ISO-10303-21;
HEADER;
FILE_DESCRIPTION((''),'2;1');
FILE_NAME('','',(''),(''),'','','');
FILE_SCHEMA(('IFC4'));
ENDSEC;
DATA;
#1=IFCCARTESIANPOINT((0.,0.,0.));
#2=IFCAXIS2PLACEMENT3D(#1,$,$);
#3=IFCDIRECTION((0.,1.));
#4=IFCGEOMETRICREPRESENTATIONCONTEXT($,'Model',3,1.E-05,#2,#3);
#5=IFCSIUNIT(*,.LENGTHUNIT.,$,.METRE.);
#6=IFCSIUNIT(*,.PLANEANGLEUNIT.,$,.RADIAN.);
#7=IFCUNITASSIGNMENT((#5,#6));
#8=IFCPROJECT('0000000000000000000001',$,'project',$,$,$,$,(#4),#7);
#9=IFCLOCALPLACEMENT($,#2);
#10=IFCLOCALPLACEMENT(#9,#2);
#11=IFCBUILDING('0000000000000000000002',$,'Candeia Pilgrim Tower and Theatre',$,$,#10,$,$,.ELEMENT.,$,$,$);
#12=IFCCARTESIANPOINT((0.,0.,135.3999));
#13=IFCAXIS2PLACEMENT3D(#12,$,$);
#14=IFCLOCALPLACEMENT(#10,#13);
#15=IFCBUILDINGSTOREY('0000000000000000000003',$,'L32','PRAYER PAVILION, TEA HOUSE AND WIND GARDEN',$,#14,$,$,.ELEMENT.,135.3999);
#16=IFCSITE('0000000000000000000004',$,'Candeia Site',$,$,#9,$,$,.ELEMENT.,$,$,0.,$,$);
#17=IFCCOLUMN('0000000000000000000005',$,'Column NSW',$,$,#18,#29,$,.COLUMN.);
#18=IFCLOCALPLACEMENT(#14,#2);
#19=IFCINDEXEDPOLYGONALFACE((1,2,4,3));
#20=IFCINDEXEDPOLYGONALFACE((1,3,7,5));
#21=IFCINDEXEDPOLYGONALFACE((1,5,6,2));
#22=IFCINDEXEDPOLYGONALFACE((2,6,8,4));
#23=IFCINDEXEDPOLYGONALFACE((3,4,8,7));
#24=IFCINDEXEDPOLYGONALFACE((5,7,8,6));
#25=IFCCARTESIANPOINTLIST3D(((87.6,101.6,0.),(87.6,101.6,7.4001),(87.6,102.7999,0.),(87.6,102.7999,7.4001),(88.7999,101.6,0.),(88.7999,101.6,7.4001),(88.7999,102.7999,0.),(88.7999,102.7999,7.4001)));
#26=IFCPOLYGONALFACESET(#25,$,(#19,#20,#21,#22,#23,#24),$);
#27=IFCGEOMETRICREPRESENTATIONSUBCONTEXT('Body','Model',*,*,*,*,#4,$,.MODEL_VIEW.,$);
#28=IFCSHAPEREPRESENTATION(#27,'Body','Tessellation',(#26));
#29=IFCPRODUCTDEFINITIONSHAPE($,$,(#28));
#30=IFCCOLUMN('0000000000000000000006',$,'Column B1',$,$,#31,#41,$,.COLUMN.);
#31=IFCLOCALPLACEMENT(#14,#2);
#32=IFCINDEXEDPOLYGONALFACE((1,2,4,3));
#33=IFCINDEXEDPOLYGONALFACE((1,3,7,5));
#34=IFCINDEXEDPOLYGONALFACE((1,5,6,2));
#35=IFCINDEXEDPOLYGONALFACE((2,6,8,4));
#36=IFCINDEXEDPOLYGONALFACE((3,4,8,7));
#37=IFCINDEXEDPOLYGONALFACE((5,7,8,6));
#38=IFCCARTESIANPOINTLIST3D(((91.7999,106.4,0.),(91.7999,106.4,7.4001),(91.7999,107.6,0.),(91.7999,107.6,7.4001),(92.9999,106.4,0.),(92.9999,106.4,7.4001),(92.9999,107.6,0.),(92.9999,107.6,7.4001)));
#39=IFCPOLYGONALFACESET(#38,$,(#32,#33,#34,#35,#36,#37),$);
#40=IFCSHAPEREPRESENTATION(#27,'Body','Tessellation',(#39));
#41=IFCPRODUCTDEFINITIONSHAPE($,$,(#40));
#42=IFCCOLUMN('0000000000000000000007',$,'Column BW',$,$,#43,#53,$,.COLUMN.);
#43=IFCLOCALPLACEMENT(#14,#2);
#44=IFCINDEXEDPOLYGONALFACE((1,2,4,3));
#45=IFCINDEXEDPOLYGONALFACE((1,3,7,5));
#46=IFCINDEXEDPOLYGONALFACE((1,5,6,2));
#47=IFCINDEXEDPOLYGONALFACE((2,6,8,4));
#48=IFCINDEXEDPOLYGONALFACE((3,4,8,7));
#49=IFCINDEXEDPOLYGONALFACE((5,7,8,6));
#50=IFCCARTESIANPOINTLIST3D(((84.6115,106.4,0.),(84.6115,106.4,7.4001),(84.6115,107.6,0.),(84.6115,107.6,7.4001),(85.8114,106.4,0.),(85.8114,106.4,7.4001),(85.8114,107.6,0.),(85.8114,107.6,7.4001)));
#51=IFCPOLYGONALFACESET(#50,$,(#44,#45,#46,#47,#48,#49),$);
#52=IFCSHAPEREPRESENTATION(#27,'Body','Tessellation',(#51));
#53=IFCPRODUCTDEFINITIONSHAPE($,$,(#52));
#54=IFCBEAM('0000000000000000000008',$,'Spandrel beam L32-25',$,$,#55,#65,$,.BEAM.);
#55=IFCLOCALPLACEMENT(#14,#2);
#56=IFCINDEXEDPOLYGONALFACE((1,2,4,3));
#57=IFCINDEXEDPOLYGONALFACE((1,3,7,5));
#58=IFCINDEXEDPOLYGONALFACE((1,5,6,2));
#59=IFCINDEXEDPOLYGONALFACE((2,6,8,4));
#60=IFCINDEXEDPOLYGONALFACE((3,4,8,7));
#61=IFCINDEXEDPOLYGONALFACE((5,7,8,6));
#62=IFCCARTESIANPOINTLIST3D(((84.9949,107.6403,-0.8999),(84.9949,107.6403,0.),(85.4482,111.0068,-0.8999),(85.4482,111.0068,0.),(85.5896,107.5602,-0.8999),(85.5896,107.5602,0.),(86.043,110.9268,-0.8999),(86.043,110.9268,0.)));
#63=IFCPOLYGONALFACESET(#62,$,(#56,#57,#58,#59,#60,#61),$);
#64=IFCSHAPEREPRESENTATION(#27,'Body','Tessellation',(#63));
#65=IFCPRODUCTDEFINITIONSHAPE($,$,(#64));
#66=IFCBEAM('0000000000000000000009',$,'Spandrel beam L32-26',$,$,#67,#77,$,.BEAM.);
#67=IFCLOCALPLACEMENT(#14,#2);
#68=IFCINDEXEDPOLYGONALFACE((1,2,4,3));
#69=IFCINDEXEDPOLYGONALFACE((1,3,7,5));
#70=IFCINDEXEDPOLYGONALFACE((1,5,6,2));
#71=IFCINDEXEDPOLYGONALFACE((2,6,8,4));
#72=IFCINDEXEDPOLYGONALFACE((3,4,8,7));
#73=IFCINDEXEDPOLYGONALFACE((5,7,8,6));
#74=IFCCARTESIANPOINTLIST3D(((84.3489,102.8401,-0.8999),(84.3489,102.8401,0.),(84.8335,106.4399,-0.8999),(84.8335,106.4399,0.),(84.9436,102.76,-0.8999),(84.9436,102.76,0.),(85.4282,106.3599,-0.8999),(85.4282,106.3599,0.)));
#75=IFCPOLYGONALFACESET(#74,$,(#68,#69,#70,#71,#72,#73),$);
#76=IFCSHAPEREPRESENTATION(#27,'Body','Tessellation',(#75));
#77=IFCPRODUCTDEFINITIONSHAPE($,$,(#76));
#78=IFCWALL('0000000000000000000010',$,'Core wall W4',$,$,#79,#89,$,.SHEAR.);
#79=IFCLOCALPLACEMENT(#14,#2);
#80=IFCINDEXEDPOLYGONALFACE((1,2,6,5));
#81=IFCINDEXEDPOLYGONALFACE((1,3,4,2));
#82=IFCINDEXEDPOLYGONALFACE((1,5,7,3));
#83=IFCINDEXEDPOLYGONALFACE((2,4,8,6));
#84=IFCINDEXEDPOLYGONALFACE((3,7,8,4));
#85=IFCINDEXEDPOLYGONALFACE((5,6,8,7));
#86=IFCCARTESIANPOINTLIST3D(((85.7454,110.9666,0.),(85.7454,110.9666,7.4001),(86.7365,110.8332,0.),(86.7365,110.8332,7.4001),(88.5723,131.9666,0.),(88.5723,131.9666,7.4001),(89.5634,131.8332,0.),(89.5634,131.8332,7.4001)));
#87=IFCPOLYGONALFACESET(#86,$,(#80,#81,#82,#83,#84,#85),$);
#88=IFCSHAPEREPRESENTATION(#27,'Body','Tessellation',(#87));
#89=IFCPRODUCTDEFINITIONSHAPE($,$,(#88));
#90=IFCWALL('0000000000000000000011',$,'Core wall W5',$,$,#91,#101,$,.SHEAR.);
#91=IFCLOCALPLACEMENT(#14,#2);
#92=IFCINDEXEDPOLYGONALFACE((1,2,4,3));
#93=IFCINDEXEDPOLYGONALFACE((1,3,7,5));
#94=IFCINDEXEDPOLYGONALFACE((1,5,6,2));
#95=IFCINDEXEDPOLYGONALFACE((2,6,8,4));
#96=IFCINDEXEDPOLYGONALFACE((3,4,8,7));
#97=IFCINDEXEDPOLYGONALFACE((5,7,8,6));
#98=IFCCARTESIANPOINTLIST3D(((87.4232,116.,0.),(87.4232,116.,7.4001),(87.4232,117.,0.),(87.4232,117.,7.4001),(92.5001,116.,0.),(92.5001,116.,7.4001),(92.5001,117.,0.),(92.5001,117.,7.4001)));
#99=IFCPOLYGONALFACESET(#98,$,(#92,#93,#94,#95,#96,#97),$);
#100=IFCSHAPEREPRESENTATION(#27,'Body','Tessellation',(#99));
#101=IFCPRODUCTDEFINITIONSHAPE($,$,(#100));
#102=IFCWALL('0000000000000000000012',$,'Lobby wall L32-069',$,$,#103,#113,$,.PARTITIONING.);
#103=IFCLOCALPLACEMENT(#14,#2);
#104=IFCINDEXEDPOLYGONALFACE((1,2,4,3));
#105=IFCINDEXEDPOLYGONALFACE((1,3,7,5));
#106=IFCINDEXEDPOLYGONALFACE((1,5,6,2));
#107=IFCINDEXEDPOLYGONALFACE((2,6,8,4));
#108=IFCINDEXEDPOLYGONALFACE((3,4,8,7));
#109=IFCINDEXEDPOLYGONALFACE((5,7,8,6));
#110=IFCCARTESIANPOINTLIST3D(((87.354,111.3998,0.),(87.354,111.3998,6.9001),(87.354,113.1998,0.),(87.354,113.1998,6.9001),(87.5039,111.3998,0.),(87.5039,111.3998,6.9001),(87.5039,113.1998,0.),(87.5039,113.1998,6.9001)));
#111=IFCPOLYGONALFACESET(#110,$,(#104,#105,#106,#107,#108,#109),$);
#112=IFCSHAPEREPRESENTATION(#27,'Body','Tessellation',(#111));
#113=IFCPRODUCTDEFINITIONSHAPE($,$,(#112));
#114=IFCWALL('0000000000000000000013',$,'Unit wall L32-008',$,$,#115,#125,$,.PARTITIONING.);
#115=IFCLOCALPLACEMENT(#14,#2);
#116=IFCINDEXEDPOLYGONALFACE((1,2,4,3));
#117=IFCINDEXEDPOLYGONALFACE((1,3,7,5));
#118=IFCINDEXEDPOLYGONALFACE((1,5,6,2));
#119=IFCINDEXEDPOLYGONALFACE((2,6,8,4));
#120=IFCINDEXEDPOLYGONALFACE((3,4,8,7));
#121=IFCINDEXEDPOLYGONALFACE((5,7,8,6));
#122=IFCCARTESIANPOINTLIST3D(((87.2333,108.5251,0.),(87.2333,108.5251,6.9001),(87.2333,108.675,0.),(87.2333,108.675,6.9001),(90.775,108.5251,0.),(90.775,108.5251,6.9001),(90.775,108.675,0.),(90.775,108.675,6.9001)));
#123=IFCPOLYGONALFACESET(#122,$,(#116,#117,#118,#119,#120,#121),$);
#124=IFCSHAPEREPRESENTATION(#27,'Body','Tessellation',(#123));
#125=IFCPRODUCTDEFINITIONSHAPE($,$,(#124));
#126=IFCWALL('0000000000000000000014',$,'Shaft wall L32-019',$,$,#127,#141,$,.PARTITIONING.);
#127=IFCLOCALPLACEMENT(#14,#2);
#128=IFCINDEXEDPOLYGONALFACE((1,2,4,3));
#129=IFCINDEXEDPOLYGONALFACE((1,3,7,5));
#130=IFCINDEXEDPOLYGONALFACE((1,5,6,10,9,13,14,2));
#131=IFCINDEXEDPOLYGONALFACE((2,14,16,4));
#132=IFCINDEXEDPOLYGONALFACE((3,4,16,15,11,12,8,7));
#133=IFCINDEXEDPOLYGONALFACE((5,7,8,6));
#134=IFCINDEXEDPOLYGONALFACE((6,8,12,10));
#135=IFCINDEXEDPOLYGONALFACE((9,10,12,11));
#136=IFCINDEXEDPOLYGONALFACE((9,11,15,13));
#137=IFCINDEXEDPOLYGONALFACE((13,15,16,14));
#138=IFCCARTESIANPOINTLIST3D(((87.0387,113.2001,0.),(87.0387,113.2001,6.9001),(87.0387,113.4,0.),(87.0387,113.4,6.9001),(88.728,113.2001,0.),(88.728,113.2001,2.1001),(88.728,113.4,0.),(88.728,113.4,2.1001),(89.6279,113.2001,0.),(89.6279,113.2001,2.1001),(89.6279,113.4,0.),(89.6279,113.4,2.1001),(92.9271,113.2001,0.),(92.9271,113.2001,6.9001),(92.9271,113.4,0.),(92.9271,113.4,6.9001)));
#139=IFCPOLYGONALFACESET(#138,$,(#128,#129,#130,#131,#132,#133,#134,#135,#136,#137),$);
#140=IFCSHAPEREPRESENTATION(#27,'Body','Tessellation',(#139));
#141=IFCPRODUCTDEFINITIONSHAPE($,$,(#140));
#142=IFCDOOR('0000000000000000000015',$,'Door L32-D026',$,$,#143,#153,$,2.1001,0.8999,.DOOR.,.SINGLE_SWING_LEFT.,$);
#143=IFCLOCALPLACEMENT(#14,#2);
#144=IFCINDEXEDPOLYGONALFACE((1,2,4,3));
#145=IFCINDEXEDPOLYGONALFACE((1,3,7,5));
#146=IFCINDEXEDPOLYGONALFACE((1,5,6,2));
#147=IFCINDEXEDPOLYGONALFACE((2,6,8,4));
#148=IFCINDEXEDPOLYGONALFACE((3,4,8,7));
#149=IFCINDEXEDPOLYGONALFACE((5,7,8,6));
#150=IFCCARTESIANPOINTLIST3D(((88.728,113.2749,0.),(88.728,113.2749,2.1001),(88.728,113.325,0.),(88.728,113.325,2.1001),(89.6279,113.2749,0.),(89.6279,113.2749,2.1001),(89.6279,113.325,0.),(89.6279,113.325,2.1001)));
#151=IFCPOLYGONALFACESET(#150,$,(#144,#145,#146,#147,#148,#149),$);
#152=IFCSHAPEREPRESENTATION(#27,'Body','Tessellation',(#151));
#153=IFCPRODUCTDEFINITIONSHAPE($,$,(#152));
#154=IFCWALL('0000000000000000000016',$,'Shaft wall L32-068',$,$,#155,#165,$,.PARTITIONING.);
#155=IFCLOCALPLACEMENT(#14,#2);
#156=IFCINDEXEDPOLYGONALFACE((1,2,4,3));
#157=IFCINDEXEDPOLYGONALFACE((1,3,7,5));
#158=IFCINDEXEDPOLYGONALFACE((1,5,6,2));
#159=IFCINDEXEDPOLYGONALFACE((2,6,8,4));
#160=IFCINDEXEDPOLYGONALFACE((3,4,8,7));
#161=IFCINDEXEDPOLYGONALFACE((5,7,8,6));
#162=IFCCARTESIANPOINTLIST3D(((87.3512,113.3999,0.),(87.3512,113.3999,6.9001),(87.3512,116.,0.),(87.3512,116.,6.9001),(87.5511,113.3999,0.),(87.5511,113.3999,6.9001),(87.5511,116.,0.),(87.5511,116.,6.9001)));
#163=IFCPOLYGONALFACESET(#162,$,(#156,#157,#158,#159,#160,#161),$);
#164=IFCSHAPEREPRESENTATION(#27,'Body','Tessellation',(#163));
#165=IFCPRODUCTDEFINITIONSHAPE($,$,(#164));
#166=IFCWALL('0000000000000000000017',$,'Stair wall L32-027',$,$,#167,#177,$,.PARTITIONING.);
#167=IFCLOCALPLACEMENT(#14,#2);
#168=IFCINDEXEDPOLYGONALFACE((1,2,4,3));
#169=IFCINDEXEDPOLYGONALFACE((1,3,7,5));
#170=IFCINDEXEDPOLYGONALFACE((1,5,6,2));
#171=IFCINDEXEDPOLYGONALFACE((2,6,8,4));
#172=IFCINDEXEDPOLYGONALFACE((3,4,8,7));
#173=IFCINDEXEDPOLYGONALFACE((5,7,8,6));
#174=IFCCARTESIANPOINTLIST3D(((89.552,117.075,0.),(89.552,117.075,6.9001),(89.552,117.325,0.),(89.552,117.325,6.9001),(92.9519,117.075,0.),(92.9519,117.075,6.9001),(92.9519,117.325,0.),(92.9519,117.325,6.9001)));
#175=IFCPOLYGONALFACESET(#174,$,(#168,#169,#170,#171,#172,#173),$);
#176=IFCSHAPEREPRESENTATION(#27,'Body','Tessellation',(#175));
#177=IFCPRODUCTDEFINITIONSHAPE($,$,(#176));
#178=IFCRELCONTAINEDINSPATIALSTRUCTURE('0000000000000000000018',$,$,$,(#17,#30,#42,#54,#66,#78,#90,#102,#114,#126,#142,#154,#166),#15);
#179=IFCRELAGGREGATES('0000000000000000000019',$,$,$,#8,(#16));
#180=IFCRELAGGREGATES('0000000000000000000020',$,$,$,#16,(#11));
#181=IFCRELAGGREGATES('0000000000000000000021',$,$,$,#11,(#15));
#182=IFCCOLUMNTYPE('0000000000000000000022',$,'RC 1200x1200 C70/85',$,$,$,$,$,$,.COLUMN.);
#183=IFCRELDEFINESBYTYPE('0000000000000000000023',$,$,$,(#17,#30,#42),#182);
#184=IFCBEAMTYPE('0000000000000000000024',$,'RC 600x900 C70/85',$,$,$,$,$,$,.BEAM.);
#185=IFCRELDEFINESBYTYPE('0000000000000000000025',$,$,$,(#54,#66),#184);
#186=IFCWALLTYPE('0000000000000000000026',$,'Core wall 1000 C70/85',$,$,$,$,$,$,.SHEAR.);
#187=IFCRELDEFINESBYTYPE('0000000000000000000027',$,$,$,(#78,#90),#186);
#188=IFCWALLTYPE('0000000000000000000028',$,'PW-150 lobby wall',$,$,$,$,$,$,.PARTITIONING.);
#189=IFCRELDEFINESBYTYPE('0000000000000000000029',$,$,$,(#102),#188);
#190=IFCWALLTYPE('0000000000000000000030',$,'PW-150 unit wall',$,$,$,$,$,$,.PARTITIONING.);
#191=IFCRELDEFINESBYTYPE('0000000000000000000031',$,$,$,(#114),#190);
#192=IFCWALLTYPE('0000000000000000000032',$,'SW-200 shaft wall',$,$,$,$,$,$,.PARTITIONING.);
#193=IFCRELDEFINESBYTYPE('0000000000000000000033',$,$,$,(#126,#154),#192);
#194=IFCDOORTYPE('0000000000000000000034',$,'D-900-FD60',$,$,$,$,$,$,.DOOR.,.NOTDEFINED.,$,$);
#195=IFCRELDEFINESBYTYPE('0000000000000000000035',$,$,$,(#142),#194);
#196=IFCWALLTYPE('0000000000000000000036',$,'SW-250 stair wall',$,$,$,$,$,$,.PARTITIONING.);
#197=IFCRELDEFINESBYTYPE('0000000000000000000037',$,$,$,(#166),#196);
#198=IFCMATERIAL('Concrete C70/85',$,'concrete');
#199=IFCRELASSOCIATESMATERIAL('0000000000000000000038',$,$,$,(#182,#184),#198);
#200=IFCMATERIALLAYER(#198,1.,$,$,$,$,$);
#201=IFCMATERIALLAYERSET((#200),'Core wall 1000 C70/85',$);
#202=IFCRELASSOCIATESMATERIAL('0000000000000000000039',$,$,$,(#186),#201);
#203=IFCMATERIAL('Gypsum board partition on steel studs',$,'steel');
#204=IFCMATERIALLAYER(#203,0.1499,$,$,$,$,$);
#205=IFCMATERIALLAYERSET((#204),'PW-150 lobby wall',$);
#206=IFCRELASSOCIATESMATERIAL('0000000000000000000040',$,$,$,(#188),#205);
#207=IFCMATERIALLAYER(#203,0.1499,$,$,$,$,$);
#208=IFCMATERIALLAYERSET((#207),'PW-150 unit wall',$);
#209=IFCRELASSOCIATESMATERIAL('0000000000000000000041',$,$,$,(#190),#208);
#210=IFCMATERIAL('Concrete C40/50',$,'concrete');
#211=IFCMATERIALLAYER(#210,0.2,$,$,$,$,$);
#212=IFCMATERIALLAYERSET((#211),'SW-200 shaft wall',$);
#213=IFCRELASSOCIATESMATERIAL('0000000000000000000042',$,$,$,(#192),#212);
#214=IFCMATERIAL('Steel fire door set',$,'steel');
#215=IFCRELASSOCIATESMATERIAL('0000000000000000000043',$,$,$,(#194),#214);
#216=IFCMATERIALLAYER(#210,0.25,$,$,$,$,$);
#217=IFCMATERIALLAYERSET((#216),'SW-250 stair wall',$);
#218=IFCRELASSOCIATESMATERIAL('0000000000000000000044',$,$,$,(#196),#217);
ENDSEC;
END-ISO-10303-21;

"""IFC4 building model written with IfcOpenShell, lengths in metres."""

from ifc_helpers import new_model, si_unit, direction, frame, frame_2d, origin, origin_2d, place, context, subcontext, project, spatial, rectangle, extrude, material, layer, layer_set, material_profile, profile_set, type_object, element, fill, save


model = new_model("IFC4")

# Units and contexts
model_context = context("Model", 3, precision=1e-05, world=origin(), true_north=direction((0.0, 1.0)))
body_context = subcontext(model_context, "Body", "Model", "MODEL_VIEW")
ifc_project = project(units=[si_unit("LENGTHUNIT", "METRE"), si_unit("PLANEANGLEUNIT", "RADIAN")], contexts=[model_context])

# Site, building, storey
site_placement = place(None, origin())
site = spatial("IfcSite", under=ifc_project, at=site_placement, Name="Candeia Site", CompositionType="ELEMENT", RefElevation=0.0)
building_placement = place(site_placement, origin())
building = spatial("IfcBuilding", under=site, at=building_placement, Name="Candeia Pilgrim Tower and Theatre", CompositionType="ELEMENT")
storey_placement = place(building_placement, frame((0.0, 0.0, 135.3999)))
storey = spatial("IfcBuildingStorey", under=building, at=storey_placement, Name="L32", Description="PRAYER PAVILION, TEA HOUSE AND WIND GARDEN", CompositionType="ELEMENT", Elevation=135.3999)

# Columns
ifc_material_1 = material(Name="Concrete C70/85", Category="concrete")
ifc_material_profile_1 = material_profile(ifc_material_1, rectangle(XDim=1.2, YDim=1.2, at=origin_2d()))
ifc_profile_set_1 = profile_set([ifc_material_profile_1], Name="Concrete C70/85")
column_type = type_object("IfcColumnType", Name="RC 1200x1200 C70/85", PredefinedType="COLUMN", material=ifc_profile_set_1)
for number, where, z_axis, x_axis, name in (
    (1, (88.2, 102.2, 0.0), (0.0, 0.0, 1.0), (1.0, 0.0, 0.0), "Column NSW"),
    (2, (92.3999, 107.0, 0.0), (0.0, 0.0, 1.0), (1.0, 0.0, 0.0), "Column B1"),
    (3, (85.2114, 107.0, 0.0), (0.0, 0.0, 1.0), (1.0, 0.0, 0.0), "Column BW"),
):
    element("IfcColumn", number, at=place(storey_placement, frame(where, z_axis=z_axis, x_axis=x_axis)), inside=storey, type_object=column_type, Name=name, PredefinedType="COLUMN", context=body_context, shape_type="SweptSolid", body=[
        extrude(rectangle(XDim=1.2, YDim=1.2, at=origin_2d()), origin(), (0.0, 0.0, 1.0), 7.4001),
    ])

# Beams
ifc_material_profile_2 = material_profile(ifc_material_1, rectangle(XDim=0.6001, YDim=0.8999, at=origin_2d()))
ifc_profile_set_2 = profile_set([ifc_material_profile_2], Name="Concrete C70/85")
beam_type = type_object("IfcBeamType", Name="RC 600x900 C70/85", PredefinedType="BEAM", material=ifc_profile_set_2)
beam_1_placement = place(storey_placement, frame((85.7456, 110.9668, -0.45), z_axis=(-0.133458, -0.991054, 0.0), x_axis=(0.991054, -0.133458, 0.0)))
element("IfcBeam", 4, at=beam_1_placement, inside=storey, type_object=beam_type, Name="Spandrel beam L32-25", PredefinedType="BEAM", context=body_context, shape_type="SweptSolid", body=[
    extrude(rectangle(XDim=0.6001, YDim=0.8999, at=origin_2d()), origin(), (0.0, 0.0, 1.0), 3.397),
])
beam_2_placement = place(storey_placement, frame((85.1309, 106.3999, -0.45), z_axis=(-0.133418, -0.99106, 0.0), x_axis=(0.99106, -0.133418, 0.0)))
element("IfcBeam", 5, at=beam_2_placement, inside=storey, type_object=beam_type, Name="Spandrel beam L32-26", PredefinedType="BEAM", context=body_context, shape_type="SweptSolid", body=[
    extrude(rectangle(XDim=0.6001, YDim=0.8999, at=origin_2d()), origin(), (0.0, 0.0, 1.0), 3.6323),
])

# Walls
ifc_layer_1 = layer(ifc_material_1, 1.0)
ifc_layer_set_1 = layer_set([ifc_layer_1], Name="Core wall 1000 C70/85")
wall_type_1 = type_object("IfcWallType", Name="Core wall 1000 C70/85", PredefinedType="SHEAR", material=ifc_layer_set_1)
wall_1_placement = place(storey_placement, frame((86.241, 110.8999, 0.0), z_axis=(0.0, 0.0, 1.0), x_axis=(0.133411, 0.991061, 0.0)))
element("IfcWall", 6, at=wall_1_placement, inside=storey, type_object=wall_type_1, Name="Core wall W4", PredefinedType="SHEAR", context=body_context, shape_type="SweptSolid", body=[
    extrude(rectangle(XDim=21.1895, YDim=1.0, at=frame_2d((10.5947, 0.0))), origin(), (0.0, 0.0, 1.0), 7.4001),
])
wall_2_placement = place(storey_placement, frame((87.4231, 116.5, 0.0), z_axis=(0.0, 0.0, 1.0), x_axis=(1.0, 0.0, 0.0)))
element("IfcWall", 7, at=wall_2_placement, inside=storey, type_object=wall_type_1, Name="Core wall W5", PredefinedType="SHEAR", context=body_context, shape_type="SweptSolid", body=[
    extrude(rectangle(XDim=5.0769, YDim=1.0, at=frame_2d((2.5386, 0.0))), origin(), (0.0, 0.0, 1.0), 7.4001),
])
ifc_material_2 = material(Name="Gypsum board partition on steel studs", Category="steel")
ifc_layer_2 = layer(ifc_material_2, 0.1499)
ifc_layer_set_2 = layer_set([ifc_layer_2], Name="PW-150 lobby wall")
wall_type_2 = type_object("IfcWallType", Name="PW-150 lobby wall", PredefinedType="PARTITIONING", material=ifc_layer_set_2)
wall_3_placement = place(storey_placement, frame((87.429, 111.3999, 0.0), z_axis=(0.0, 0.0, 1.0), x_axis=(0.0, 1.0, 0.0)))
element("IfcWall", 8, at=wall_3_placement, inside=storey, type_object=wall_type_2, Name="Lobby wall L32-069", PredefinedType="PARTITIONING", context=body_context, shape_type="SweptSolid", body=[
    extrude(rectangle(XDim=1.8, YDim=0.1499, at=frame_2d((0.8999, 0.0))), origin(), (0.0, 0.0, 1.0), 6.9001),
])
ifc_layer_3 = layer(ifc_material_2, 0.1499)
ifc_layer_set_3 = layer_set([ifc_layer_3], Name="PW-150 unit wall")
wall_type_3 = type_object("IfcWallType", Name="PW-150 unit wall", PredefinedType="PARTITIONING", material=ifc_layer_set_3)
wall_4_placement = place(storey_placement, frame((87.2332, 108.6001, 0.0), z_axis=(0.0, 0.0, 1.0), x_axis=(1.0, 0.0, 0.0)))
element("IfcWall", 9, at=wall_4_placement, inside=storey, type_object=wall_type_3, Name="Unit wall L32-008", PredefinedType="PARTITIONING", context=body_context, shape_type="SweptSolid", body=[
    extrude(rectangle(XDim=3.5417, YDim=0.1499, at=frame_2d((1.771, 0.0))), origin(), (0.0, 0.0, 1.0), 6.9001),
])

# Wall, opening, door
ifc_material_3 = material(Name="Concrete C40/50", Category="concrete")
ifc_layer_4 = layer(ifc_material_3, 0.2)
ifc_layer_set_4 = layer_set([ifc_layer_4], Name="SW-200 shaft wall")
wall_type_4 = type_object("IfcWallType", Name="SW-200 shaft wall", PredefinedType="PARTITIONING", material=ifc_layer_set_4)
wall_5_placement = place(storey_placement, frame((87.0386, 113.3, 0.0), z_axis=(0.0, 0.0, 1.0), x_axis=(1.0, 0.0, 0.0)))
wall_5 = element("IfcWall", 10, at=wall_5_placement, inside=storey, type_object=wall_type_4, Name="Shaft wall L32-019", PredefinedType="PARTITIONING", context=body_context, shape_type="SweptSolid", body=[
    extrude(rectangle(XDim=5.8884, YDim=0.2, at=frame_2d((2.9443, 0.0))), origin(), (0.0, 0.0, 1.0), 6.9001),
])
opening_placement = place(wall_5_placement, frame((1.6895, 0.0, 0.0)))
opening = element("IfcOpeningElement", 11, at=opening_placement, cuts=wall_5, PredefinedType="OPENING", context=body_context, shape_type="SweptSolid", body=[
    extrude(rectangle(XDim=0.8999, YDim=2.1001, at=frame_2d((0.45, 1.05))), frame((0.0, 0.1099, 0.0), z_axis=(0.0, -1.0, 0.0), x_axis=(1.0, 0.0, 0.0)), (0.0, 0.0, 1.0), 0.22),
])
ifc_material_4 = material(Name="Steel fire door set", Category="steel")
door_type = type_object("IfcDoorType", Name="D-900-FD60", OperationType="NOTDEFINED", PredefinedType="DOOR", material=ifc_material_4)
door_placement = place(opening_placement, origin())
door = element("IfcDoor", 12, at=door_placement, inside=storey, type_object=door_type, Name="Door L32-D026", OperationType="SINGLE_SWING_LEFT", OverallHeight=2.1001, OverallWidth=0.8999, PredefinedType="DOOR", context=body_context, shape_type="SweptSolid", body=[
    extrude(rectangle(XDim=0.8999, YDim=2.1001, at=frame_2d((0.45, 1.05))), frame((0.0, 0.0249, 0.0), z_axis=(0.0, -1.0, 0.0), x_axis=(1.0, 0.0, 0.0)), (0.0, 0.0, 1.0), 0.05),
])
fill(opening, door)

# Walls
wall_6_placement = place(storey_placement, frame((87.4512, 113.3999, 0.0), z_axis=(0.0, 0.0, 1.0), x_axis=(0.0, 1.0, 0.0)))
element("IfcWall", 13, at=wall_6_placement, inside=storey, type_object=wall_type_4, Name="Shaft wall L32-068", PredefinedType="PARTITIONING", context=body_context, shape_type="SweptSolid", body=[
    extrude(rectangle(XDim=2.6001, YDim=0.2, at=frame_2d((1.3, 0.0))), origin(), (0.0, 0.0, 1.0), 6.9001),
])
ifc_layer_5 = layer(ifc_material_3, 0.25)
ifc_layer_set_5 = layer_set([ifc_layer_5], Name="SW-250 stair wall")
wall_type_5 = type_object("IfcWallType", Name="SW-250 stair wall", PredefinedType="PARTITIONING", material=ifc_layer_set_5)
wall_7_placement = place(storey_placement, frame((89.552, 117.2, 0.0), z_axis=(0.0, 0.0, 1.0), x_axis=(1.0, 0.0, 0.0)))
element("IfcWall", 14, at=wall_7_placement, inside=storey, type_object=wall_type_5, Name="Stair wall L32-027", PredefinedType="PARTITIONING", context=body_context, shape_type="SweptSolid", body=[
    extrude(rectangle(XDim=3.3999, YDim=0.25, at=frame_2d((1.7, 0.0))), origin(), (0.0, 0.0, 1.0), 6.9001),
])

save(model, "model.ifc")
